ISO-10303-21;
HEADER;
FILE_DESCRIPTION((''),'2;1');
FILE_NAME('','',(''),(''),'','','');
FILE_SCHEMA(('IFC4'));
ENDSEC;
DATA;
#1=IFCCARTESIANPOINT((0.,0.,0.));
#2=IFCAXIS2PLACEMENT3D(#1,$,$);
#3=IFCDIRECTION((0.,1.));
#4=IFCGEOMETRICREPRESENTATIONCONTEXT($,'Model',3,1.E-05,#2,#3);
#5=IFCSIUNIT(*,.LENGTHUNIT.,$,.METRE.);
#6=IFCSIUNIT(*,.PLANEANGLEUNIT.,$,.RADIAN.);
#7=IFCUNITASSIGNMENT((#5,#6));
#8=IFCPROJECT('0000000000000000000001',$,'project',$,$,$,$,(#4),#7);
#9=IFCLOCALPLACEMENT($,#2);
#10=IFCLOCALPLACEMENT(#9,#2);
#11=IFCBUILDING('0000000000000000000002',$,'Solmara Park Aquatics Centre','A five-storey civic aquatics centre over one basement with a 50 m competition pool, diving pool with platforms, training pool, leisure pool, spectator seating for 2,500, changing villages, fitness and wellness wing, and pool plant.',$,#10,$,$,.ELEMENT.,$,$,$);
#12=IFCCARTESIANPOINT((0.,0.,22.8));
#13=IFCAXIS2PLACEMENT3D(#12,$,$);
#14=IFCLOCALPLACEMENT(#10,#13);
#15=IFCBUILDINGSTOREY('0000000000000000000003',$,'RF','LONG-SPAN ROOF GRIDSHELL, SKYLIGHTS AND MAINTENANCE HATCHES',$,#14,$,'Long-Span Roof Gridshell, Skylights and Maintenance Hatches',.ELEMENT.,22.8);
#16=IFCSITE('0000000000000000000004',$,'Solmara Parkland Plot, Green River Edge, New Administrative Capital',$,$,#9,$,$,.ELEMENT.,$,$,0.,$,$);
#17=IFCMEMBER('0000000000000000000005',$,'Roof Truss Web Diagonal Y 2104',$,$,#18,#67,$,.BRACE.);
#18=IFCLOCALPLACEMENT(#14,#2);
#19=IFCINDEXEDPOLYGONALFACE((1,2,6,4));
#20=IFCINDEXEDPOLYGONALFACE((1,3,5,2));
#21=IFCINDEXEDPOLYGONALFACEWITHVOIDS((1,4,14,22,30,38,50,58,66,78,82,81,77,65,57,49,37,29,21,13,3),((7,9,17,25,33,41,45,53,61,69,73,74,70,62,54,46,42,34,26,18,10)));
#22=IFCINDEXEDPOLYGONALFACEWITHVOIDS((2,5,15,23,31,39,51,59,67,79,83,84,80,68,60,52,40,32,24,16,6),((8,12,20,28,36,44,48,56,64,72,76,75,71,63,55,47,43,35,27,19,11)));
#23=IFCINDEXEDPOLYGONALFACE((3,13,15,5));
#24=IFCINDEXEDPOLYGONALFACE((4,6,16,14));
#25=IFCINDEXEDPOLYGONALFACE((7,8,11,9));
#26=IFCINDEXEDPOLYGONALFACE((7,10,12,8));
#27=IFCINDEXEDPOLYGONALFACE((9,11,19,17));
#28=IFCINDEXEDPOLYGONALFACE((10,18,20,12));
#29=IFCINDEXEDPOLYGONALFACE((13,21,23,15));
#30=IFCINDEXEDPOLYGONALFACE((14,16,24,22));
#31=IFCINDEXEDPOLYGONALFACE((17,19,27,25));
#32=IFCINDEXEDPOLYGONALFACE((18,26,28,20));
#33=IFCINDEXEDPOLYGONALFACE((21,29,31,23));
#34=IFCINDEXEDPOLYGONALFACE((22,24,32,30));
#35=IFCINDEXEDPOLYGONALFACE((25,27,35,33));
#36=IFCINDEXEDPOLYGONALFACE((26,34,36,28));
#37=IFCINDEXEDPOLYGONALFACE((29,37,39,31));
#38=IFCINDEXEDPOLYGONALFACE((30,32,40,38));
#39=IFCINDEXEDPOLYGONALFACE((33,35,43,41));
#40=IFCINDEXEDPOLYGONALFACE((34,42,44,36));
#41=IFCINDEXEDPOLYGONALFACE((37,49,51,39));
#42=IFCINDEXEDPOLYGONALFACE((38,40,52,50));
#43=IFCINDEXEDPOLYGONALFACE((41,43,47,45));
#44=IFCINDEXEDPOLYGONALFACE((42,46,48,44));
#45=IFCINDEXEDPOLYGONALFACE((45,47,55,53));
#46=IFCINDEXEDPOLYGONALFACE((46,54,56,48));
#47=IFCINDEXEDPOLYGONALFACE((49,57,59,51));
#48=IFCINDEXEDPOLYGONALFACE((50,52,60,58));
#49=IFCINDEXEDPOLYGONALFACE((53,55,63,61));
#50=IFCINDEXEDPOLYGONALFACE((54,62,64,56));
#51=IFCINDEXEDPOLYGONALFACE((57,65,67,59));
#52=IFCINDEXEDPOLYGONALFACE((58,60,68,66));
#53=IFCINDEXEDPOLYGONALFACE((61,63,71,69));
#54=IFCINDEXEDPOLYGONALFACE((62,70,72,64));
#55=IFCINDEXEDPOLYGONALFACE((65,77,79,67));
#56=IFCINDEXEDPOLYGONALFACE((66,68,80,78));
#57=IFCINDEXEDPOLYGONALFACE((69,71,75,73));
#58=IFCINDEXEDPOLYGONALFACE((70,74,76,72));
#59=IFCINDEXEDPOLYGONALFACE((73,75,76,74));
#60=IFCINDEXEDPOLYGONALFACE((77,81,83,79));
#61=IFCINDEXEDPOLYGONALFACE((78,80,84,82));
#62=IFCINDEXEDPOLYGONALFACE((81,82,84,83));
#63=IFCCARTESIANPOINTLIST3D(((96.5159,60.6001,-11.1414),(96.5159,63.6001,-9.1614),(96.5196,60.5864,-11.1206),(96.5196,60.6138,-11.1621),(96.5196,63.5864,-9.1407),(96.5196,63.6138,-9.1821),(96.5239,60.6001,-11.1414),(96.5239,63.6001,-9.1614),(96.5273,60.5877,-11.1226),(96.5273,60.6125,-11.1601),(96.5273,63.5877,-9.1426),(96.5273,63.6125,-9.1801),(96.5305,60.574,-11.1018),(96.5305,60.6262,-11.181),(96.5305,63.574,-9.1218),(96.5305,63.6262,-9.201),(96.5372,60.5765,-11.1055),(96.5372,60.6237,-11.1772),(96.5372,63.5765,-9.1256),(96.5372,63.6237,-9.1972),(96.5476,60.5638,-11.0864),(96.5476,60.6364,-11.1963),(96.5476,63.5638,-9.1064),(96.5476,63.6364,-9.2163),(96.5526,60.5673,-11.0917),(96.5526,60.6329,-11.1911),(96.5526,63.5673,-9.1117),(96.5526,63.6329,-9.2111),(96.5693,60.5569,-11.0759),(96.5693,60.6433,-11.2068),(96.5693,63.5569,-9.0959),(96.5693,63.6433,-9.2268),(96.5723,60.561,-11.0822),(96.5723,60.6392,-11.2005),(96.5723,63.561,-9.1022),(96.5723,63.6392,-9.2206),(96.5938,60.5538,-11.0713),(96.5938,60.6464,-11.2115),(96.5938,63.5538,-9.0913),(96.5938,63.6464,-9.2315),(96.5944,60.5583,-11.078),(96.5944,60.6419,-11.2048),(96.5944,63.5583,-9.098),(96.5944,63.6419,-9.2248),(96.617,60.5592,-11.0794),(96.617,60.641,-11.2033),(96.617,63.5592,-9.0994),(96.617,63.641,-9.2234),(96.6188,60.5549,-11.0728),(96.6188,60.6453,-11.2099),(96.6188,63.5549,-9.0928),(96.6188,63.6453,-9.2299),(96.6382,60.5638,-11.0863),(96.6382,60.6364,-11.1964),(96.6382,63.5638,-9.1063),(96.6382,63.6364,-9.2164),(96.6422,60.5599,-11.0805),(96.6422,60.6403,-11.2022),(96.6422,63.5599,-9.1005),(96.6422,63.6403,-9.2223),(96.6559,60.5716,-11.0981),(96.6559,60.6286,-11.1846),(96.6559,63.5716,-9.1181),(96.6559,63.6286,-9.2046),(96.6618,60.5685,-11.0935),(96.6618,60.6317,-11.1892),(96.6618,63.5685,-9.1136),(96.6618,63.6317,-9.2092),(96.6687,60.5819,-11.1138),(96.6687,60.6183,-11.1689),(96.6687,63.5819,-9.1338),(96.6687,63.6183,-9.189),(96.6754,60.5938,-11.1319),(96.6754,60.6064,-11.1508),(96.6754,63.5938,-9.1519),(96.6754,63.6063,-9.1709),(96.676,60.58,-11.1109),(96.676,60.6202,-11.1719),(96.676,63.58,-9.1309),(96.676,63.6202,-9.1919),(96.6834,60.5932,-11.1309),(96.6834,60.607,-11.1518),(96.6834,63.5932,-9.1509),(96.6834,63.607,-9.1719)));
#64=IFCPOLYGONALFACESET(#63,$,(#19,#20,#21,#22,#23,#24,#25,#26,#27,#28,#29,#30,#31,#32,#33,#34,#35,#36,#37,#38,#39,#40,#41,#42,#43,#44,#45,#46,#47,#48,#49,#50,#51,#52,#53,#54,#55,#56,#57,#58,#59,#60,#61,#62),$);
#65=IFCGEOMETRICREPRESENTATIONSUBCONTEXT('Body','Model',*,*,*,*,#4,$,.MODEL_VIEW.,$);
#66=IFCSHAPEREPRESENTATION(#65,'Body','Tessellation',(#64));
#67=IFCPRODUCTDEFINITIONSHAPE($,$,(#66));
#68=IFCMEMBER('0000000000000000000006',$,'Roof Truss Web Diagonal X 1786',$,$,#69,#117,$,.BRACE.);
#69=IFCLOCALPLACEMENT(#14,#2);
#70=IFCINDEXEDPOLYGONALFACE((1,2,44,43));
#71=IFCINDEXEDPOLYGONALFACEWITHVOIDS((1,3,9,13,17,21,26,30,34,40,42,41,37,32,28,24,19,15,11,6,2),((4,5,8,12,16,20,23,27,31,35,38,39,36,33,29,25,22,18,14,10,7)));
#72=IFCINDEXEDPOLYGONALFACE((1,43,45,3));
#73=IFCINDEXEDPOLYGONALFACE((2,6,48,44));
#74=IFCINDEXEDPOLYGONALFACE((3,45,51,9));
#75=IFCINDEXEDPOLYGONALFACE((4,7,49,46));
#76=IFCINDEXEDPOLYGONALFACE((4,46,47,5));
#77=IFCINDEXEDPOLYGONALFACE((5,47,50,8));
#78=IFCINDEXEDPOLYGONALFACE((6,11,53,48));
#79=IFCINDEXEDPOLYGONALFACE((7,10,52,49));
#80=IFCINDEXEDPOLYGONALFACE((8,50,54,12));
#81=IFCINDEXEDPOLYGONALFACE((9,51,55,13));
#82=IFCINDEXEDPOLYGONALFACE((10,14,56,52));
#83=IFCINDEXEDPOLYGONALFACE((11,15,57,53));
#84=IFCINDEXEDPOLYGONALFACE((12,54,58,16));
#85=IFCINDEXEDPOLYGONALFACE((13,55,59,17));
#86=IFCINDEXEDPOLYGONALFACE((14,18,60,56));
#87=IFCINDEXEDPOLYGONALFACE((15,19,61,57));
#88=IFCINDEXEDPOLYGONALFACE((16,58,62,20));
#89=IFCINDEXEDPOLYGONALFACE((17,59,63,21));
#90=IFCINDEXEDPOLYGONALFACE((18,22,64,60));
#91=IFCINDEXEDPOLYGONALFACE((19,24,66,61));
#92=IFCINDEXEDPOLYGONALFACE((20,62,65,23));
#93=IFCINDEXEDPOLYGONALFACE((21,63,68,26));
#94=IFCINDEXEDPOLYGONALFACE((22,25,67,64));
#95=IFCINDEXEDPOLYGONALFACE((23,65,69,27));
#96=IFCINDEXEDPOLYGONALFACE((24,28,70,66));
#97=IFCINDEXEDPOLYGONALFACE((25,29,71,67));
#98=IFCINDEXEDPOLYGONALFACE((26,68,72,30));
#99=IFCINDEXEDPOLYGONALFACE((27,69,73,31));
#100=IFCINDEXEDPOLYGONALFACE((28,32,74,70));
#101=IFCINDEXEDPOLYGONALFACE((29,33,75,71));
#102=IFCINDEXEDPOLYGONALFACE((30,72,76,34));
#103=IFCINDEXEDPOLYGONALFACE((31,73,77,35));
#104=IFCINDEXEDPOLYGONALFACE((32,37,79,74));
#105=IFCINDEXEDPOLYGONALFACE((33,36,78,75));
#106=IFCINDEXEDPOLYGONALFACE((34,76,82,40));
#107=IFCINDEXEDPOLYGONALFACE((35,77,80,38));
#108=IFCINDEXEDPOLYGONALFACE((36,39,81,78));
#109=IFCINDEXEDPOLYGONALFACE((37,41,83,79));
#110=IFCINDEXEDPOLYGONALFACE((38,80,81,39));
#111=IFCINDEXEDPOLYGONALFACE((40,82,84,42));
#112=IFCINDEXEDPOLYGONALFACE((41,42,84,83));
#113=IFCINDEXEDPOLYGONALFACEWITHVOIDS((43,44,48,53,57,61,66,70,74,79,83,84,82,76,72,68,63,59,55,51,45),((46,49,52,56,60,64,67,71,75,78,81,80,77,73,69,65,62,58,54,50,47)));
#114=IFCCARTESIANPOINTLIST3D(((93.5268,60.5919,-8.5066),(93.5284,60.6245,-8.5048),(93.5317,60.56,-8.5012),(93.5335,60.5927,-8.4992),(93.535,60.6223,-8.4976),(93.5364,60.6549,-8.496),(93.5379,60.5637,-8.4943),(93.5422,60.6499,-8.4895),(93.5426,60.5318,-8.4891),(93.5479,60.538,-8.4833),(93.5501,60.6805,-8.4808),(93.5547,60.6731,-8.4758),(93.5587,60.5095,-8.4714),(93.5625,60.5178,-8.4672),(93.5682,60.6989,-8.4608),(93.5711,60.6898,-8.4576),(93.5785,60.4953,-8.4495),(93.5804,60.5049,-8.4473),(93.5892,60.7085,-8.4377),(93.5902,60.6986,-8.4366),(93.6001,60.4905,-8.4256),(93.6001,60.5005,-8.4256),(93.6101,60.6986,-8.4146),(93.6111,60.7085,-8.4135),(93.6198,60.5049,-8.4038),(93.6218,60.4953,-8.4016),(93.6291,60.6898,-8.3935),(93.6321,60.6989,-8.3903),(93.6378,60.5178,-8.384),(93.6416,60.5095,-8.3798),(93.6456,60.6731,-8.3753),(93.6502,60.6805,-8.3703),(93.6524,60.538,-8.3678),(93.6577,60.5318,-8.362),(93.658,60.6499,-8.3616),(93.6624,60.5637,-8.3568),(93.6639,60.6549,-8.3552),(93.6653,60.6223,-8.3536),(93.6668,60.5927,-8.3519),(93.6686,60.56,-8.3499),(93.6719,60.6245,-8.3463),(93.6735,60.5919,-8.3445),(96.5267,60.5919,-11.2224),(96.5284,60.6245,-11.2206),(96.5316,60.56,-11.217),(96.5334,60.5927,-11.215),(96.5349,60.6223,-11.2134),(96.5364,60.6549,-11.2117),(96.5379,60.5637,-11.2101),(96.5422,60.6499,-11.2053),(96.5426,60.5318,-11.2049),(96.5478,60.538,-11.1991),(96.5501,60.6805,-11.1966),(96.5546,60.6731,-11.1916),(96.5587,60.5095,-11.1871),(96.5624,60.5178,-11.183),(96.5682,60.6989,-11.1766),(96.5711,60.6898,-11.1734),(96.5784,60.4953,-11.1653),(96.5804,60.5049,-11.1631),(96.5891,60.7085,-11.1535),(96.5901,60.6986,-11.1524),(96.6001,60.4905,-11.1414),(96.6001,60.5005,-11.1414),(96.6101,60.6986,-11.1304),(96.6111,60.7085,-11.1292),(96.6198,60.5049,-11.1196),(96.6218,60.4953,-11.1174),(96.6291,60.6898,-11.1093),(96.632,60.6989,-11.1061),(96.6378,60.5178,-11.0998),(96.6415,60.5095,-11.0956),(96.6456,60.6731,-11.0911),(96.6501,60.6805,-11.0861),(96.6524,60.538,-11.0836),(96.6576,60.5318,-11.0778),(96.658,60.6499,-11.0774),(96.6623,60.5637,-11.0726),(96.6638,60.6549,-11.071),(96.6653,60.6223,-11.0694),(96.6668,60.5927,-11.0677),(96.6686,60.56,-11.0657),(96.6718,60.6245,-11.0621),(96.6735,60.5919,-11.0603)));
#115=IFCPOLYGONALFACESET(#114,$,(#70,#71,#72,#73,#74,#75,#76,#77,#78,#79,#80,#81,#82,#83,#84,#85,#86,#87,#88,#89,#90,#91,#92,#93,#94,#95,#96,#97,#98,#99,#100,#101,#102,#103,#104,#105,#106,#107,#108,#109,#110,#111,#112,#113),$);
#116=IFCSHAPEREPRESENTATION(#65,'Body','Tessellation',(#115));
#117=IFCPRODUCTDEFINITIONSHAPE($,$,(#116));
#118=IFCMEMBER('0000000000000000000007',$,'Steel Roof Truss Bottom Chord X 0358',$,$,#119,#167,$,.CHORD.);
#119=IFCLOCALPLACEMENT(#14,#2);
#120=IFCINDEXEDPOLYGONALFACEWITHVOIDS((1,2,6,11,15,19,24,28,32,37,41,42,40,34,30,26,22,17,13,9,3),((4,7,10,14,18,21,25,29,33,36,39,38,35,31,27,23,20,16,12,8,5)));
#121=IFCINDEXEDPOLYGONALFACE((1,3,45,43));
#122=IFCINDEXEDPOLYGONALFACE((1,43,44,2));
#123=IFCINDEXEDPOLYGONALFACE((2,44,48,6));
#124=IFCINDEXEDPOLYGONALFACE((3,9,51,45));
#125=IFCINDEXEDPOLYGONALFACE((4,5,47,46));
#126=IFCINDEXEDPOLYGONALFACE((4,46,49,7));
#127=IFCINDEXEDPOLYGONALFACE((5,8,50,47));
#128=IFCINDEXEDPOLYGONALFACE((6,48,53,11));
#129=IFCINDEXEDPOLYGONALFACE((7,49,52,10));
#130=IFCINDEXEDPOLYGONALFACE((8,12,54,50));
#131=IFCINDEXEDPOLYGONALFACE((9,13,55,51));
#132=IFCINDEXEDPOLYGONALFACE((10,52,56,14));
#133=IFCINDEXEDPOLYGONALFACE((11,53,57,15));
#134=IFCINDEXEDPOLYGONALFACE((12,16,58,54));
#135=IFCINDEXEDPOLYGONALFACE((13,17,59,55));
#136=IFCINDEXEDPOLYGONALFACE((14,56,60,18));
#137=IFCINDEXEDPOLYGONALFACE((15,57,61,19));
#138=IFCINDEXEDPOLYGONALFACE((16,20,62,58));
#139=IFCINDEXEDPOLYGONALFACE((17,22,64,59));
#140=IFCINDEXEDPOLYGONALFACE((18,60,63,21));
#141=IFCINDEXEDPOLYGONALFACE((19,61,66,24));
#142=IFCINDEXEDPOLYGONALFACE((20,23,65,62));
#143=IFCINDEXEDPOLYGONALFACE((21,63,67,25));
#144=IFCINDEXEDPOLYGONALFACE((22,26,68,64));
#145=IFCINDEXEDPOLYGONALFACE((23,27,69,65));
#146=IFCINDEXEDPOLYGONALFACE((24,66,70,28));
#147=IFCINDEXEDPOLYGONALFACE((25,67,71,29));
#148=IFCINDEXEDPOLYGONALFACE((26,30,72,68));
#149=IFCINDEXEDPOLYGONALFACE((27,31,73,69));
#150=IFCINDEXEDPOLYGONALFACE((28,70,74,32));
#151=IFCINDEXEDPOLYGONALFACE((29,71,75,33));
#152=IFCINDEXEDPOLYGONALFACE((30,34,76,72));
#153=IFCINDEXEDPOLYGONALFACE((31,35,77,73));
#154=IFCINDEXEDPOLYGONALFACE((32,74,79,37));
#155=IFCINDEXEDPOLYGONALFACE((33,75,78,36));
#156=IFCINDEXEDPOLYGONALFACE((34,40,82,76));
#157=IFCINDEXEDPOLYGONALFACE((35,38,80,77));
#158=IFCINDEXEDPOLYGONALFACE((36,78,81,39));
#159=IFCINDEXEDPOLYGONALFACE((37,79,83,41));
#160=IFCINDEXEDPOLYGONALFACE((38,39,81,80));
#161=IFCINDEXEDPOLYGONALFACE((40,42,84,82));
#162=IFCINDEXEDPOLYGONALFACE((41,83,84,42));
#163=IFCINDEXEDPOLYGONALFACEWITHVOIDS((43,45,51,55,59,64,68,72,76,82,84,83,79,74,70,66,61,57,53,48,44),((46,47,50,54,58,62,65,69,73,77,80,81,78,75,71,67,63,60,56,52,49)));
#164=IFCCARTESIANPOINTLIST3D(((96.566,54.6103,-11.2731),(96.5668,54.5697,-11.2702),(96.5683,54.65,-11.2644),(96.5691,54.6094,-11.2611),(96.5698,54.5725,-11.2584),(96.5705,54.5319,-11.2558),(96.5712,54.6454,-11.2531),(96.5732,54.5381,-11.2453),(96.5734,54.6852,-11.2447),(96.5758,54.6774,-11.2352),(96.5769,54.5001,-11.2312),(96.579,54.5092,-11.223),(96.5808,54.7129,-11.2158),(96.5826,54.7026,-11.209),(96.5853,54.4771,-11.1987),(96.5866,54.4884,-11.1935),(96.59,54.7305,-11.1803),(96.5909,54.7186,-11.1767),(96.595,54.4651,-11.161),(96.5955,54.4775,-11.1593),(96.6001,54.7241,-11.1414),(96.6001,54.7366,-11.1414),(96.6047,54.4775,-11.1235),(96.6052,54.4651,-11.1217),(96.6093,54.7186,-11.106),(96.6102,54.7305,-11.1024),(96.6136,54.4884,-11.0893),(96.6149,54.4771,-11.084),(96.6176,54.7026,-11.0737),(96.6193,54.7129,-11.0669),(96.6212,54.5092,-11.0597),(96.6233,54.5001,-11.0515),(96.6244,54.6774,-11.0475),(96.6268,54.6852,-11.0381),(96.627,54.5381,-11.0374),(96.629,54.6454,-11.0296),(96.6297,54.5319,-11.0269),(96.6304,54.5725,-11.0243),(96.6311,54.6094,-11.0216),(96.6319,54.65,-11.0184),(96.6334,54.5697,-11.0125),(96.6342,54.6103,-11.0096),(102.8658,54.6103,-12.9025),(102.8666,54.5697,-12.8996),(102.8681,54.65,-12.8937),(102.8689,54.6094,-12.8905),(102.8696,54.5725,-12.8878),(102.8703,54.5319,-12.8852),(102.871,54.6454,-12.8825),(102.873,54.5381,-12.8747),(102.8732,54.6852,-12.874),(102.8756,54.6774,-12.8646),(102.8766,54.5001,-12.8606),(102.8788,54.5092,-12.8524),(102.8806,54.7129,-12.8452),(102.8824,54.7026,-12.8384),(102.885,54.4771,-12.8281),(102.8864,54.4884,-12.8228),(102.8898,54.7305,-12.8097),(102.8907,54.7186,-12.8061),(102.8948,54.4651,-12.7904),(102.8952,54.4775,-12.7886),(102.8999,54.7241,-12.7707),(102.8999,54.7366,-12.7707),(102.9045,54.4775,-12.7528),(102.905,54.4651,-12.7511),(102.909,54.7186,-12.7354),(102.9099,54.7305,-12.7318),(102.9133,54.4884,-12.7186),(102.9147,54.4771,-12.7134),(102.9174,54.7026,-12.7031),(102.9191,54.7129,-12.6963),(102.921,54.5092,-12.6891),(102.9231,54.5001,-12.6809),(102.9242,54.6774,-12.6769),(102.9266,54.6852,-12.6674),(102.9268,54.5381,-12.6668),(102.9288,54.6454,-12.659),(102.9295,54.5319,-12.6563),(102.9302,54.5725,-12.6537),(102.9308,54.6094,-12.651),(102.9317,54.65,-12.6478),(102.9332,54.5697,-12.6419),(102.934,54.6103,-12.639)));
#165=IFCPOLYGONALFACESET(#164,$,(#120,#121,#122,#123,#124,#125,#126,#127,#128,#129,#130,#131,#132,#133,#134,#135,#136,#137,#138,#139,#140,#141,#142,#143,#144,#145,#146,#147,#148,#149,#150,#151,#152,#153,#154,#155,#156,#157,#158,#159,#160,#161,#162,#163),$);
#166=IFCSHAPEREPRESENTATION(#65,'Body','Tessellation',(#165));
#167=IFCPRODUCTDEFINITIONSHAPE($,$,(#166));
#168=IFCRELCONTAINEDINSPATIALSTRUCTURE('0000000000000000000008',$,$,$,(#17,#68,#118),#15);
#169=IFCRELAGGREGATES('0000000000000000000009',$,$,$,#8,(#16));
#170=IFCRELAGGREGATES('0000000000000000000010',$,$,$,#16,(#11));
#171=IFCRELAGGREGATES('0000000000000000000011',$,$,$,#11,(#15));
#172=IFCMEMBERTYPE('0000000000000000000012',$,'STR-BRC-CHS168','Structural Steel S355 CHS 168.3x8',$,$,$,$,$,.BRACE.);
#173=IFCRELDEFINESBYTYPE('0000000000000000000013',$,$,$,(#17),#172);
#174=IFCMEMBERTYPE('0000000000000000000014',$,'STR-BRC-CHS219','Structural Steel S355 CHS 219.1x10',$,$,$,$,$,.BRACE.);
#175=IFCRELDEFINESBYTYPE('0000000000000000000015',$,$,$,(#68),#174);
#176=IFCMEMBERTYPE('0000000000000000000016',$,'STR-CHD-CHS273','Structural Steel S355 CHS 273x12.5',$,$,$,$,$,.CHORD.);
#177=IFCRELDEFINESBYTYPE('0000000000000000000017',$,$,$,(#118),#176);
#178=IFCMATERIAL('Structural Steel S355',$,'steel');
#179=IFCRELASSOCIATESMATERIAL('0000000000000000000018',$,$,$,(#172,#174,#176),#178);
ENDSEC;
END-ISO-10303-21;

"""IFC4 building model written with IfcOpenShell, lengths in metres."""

from ifc_helpers import new_model, si_unit, direction, frame, origin, origin_2d, place, context, subcontext, project, spatial, hollow_circle, extrude, material, material_profile, profile_set, type_object, element, save


model = new_model("IFC4")

# Units and contexts
model_context = context("Model", 3, precision=1e-05, world=origin(), true_north=direction((0.0, 1.0)))
body_context = subcontext(model_context, "Body", "Model", "MODEL_VIEW")
ifc_project = project(units=[si_unit("LENGTHUNIT", "METRE"), si_unit("PLANEANGLEUNIT", "RADIAN")], contexts=[model_context])

# Site, building, storey
site_placement = place(None, origin())
site = spatial("IfcSite", under=ifc_project, at=site_placement, Name="Solmara Parkland Plot, Green River Edge, New Administrative Capital", CompositionType="ELEMENT", RefElevation=0.0)
building_placement = place(site_placement, origin())
building = spatial("IfcBuilding", under=site, at=building_placement, Name="Solmara Park Aquatics Centre", Description="A five-storey civic aquatics centre over one basement with a 50 m competition pool, diving pool with platforms, training pool, leisure pool, spectator seating for 2,500, changing villages, fitness and wellness wing, and pool plant.", CompositionType="ELEMENT")
storey_placement = place(building_placement, frame((0.0, 0.0, 22.8)))
storey = spatial("IfcBuildingStorey", under=building, at=storey_placement, Name="RF", Description="LONG-SPAN ROOF GRIDSHELL, SKYLIGHTS AND MAINTENANCE HATCHES", LongName="Long-Span Roof Gridshell, Skylights and Maintenance Hatches", CompositionType="ELEMENT", Elevation=22.8)

# Members
ifc_material_1 = material(Name="Structural Steel S355", Category="steel")
ifc_material_profile_1 = material_profile(ifc_material_1, hollow_circle(Radius=0.0842, WallThickness=0.0081, at=origin_2d()), Name="CHS 168.3x8")
ifc_profile_set_1 = profile_set([ifc_material_profile_1], Name="Structural Steel S355")
member_type_1 = type_object("IfcMemberType", Name="STR-BRC-CHS168", Description="Structural Steel S355 CHS 168.3x8", PredefinedType="BRACE", material=ifc_profile_set_1)
for number, where, z_axis, x_axis, name in (
    (1, (96.6001, 60.6001, -11.1414), (0.0, 0.834612, 0.550838), (-1.0, 0.0, 0.0), "Roof Truss Web Diagonal Y 2104"),
):
    element("IfcMember", number, at=place(storey_placement, frame(where, z_axis=z_axis, x_axis=x_axis)), inside=storey, type_object=member_type_1, Name=name, PredefinedType="BRACE", context=body_context, shape_type="SweptSolid", body=[
        extrude(hollow_circle(Radius=0.0842, WallThickness=0.0081, at=origin_2d()), origin(), (0.0, 0.0, 1.0), 3.5945),
    ])
ifc_material_profile_2 = material_profile(ifc_material_1, hollow_circle(Radius=0.1096, WallThickness=0.01, at=origin_2d()), Name="CHS 219.1x10")
ifc_profile_set_2 = profile_set([ifc_material_profile_2], Name="Structural Steel S355")
member_type_2 = type_object("IfcMemberType", Name="STR-BRC-CHS219", Description="Structural Steel S355 CHS 219.1x10", PredefinedType="BRACE", material=ifc_profile_set_2)
member_1_placement = place(storey_placement, frame((96.6001, 60.6001, -11.1414), z_axis=(-0.741347, 0.0, 0.671122), x_axis=(0.0, -1.0, 0.0)))
element("IfcMember", 2, at=member_1_placement, inside=storey, type_object=member_type_2, Name="Roof Truss Web Diagonal X 1786", PredefinedType="BRACE", context=body_context, shape_type="SweptSolid", body=[
    extrude(hollow_circle(Radius=0.1096, WallThickness=0.01, at=origin_2d()), origin(), (0.0, 0.0, 1.0), 4.0466),
])
ifc_material_profile_3 = material_profile(ifc_material_1, hollow_circle(Radius=0.1365, WallThickness=0.0125, at=origin_2d()), Name="CHS 273x12.5")
ifc_profile_set_3 = profile_set([ifc_material_profile_3], Name="Structural Steel S355")
member_type_3 = type_object("IfcMemberType", Name="STR-CHD-CHS273", Description="Structural Steel S355 CHS 273x12.5", PredefinedType="CHORD", material=ifc_profile_set_3)
member_2_placement = place(storey_placement, frame((96.6001, 54.6001, -11.1414), z_axis=(0.968142, 0.0, -0.250402), x_axis=(0.0, 1.0, 0.0)))
element("IfcMember", 3, at=member_2_placement, inside=storey, type_object=member_type_3, Name="Steel Roof Truss Bottom Chord X 0358", PredefinedType="CHORD", context=body_context, shape_type="SweptSolid", body=[
    extrude(hollow_circle(Radius=0.1365, WallThickness=0.0125, at=origin_2d()), origin(), (0.0, 0.0, 1.0), 6.5071),
])

save(model, "model.ifc")
